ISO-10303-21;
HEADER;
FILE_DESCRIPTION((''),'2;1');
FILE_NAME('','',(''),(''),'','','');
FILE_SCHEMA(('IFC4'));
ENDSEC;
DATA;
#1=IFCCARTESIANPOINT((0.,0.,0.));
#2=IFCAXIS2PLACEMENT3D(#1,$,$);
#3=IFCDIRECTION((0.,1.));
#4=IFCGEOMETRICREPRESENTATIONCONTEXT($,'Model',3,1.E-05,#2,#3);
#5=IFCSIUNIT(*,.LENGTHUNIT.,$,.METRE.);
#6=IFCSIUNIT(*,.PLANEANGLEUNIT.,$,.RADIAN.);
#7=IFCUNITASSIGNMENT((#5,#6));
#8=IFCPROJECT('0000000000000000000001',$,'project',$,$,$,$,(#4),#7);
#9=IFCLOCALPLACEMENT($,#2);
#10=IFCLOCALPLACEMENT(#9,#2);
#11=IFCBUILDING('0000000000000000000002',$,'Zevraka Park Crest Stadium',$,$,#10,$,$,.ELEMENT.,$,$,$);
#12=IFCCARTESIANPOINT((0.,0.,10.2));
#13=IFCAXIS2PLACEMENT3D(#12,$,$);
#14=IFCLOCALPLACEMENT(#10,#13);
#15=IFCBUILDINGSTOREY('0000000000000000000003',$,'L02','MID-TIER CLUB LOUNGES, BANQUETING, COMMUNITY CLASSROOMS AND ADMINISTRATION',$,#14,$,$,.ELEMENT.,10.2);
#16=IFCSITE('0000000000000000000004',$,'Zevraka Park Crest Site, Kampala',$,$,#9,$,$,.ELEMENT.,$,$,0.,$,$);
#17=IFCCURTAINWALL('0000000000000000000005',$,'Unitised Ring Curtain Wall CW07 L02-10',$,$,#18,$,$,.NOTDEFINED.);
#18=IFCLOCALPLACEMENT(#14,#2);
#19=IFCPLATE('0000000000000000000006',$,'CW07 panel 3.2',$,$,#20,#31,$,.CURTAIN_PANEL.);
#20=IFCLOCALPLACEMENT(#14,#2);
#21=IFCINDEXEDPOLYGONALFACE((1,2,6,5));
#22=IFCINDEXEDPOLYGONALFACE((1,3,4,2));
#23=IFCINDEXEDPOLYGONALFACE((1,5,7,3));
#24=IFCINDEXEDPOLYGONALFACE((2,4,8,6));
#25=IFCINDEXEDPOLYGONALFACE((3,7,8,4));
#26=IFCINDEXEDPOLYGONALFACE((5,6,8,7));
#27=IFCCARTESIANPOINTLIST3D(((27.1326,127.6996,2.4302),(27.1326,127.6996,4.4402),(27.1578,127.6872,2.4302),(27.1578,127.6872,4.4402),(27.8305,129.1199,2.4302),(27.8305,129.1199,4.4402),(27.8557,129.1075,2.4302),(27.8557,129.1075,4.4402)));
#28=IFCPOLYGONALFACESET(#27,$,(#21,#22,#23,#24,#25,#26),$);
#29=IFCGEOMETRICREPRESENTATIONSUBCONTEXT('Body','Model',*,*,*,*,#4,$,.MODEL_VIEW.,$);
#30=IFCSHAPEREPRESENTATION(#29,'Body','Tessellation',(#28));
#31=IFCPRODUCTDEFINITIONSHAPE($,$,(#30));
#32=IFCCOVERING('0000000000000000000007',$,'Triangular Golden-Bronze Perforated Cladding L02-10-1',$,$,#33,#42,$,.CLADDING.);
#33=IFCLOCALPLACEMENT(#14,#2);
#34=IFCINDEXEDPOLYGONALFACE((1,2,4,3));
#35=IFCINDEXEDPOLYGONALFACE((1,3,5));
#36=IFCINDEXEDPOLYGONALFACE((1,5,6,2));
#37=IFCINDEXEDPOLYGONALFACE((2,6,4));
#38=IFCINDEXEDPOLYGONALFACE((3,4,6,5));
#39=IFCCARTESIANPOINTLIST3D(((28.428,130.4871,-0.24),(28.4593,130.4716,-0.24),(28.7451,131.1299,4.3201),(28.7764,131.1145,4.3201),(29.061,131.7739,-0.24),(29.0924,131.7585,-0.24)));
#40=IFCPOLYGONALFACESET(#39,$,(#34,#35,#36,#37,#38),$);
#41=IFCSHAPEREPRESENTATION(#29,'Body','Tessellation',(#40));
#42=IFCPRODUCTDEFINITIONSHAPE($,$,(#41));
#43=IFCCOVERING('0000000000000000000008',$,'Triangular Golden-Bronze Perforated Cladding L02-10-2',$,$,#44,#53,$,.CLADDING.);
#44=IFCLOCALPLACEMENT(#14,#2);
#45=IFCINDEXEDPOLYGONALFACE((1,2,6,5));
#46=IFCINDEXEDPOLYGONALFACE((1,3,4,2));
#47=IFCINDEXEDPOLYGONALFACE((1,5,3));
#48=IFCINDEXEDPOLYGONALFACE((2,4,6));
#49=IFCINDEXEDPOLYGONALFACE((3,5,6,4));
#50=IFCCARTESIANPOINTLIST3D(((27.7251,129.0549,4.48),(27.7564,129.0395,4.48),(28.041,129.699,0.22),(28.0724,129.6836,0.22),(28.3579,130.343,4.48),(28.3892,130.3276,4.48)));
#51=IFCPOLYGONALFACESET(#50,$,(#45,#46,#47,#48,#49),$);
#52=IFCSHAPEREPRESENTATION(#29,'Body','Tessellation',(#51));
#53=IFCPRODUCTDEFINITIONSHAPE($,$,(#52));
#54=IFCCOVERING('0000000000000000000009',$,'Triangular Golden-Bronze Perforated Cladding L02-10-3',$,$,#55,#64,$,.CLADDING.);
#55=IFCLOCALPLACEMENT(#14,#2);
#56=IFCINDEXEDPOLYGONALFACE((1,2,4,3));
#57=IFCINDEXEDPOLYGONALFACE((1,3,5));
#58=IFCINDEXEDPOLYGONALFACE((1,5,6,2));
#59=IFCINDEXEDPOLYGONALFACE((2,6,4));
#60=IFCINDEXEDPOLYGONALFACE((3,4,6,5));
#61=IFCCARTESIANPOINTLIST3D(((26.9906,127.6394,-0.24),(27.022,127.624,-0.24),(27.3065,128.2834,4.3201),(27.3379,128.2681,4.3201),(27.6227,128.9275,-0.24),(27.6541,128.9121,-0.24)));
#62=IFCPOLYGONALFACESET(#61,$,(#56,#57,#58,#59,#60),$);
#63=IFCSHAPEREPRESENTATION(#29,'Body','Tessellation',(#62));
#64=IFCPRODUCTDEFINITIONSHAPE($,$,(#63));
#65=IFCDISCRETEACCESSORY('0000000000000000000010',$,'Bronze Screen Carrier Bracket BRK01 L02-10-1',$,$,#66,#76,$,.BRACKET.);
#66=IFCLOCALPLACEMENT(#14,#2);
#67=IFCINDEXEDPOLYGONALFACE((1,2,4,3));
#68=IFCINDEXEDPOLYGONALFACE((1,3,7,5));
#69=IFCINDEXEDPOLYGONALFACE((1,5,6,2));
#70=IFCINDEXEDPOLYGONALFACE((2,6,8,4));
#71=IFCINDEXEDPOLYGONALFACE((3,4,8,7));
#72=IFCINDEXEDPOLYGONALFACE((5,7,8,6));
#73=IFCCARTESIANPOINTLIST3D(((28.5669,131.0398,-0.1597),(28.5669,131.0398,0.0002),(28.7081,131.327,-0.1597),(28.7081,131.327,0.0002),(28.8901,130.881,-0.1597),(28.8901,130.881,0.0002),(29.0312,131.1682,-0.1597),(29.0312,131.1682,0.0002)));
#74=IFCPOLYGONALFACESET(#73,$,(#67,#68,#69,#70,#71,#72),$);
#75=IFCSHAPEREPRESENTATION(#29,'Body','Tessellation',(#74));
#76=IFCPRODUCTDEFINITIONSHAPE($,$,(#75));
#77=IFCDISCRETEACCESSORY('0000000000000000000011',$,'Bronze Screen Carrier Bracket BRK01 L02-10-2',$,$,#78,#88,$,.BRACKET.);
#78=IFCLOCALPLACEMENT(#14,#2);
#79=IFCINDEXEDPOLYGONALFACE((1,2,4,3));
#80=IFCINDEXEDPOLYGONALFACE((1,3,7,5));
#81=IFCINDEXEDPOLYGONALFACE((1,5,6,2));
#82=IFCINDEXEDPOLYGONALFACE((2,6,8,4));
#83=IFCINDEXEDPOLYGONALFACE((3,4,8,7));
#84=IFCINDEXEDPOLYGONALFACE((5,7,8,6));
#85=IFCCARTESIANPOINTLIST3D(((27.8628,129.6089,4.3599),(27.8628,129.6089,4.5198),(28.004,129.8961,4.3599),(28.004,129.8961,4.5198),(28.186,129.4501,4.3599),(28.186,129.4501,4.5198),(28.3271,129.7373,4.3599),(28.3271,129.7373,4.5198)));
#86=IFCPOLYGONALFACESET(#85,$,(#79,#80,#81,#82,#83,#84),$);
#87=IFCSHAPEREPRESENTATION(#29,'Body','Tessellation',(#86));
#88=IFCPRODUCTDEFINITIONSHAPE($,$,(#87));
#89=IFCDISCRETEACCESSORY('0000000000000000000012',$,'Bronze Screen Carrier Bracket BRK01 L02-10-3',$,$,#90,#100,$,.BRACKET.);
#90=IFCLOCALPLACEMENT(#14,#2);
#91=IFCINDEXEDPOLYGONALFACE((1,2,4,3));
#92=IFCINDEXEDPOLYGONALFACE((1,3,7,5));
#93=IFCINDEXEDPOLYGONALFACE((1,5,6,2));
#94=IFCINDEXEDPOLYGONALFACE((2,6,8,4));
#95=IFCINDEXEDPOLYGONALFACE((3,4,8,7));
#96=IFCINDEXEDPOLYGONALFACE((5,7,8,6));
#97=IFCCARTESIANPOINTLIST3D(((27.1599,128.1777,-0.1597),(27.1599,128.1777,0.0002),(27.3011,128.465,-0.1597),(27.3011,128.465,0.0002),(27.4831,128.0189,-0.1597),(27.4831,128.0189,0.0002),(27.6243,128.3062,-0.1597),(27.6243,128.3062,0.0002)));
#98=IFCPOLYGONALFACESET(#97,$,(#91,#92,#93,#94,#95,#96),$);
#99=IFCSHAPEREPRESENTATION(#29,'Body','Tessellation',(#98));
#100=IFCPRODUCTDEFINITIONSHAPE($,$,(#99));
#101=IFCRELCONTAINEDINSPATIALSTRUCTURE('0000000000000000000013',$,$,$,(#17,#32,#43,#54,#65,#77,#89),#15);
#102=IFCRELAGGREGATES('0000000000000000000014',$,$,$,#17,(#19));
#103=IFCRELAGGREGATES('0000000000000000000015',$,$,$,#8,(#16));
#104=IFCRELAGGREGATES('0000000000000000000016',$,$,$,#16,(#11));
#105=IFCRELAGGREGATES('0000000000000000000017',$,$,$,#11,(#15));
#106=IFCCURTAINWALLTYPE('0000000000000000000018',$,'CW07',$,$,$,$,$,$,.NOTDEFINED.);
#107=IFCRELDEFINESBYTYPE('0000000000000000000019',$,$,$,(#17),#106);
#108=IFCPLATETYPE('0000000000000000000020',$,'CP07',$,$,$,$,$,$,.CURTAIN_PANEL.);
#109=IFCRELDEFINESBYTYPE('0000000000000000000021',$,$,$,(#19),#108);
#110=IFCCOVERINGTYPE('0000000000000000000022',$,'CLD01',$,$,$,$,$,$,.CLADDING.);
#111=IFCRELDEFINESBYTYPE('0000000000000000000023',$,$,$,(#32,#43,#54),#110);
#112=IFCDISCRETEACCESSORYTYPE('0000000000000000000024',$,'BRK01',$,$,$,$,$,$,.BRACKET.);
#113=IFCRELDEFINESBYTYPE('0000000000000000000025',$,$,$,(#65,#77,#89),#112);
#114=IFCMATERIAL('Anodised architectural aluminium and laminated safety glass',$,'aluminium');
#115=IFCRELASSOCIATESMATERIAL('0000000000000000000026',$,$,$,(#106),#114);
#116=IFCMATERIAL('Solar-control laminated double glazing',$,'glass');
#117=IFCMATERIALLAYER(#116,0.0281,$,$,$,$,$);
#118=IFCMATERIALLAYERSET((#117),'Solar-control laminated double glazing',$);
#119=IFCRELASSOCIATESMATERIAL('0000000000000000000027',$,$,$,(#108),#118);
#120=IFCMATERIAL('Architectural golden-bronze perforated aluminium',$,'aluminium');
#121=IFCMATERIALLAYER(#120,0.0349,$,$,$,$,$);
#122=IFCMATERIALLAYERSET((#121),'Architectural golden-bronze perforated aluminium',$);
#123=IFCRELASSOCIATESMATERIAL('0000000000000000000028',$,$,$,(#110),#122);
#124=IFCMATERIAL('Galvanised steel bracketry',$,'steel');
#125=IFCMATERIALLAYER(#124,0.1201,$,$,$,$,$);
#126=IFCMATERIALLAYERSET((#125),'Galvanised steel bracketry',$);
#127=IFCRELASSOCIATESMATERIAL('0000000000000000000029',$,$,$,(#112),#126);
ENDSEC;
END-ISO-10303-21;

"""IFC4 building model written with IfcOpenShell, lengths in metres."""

from ifc_helpers import new_model, si_unit, direction, frame, origin, origin_2d, place, context, subcontext, project, spatial, polyline, rectangle, outline, extrude, material, layer, layer_set, type_object, element, aggregate, save


model = new_model("IFC4")

# Units and contexts
model_context = context("Model", 3, precision=1e-05, world=origin(), true_north=direction((0.0, 1.0)))
body_context = subcontext(model_context, "Body", "Model", "MODEL_VIEW")
ifc_project = project(units=[si_unit("LENGTHUNIT", "METRE"), si_unit("PLANEANGLEUNIT", "RADIAN")], contexts=[model_context])

# Site, building, storey
site_placement = place(None, origin())
site = spatial("IfcSite", under=ifc_project, at=site_placement, Name="Zevraka Park Crest Site, Kampala", CompositionType="ELEMENT", RefElevation=0.0)
building_placement = place(site_placement, origin())
building = spatial("IfcBuilding", under=site, at=building_placement, Name="Zevraka Park Crest Stadium", CompositionType="ELEMENT")
storey_placement = place(building_placement, frame((0.0, 0.0, 10.2)))
storey = spatial("IfcBuildingStorey", under=building, at=storey_placement, Name="L02", Description="MID-TIER CLUB LOUNGES, BANQUETING, COMMUNITY CLASSROOMS AND ADMINISTRATION", CompositionType="ELEMENT", Elevation=10.2)

# Curtain wall, plate
ifc_material_1 = material(Name="Anodised architectural aluminium and laminated safety glass", Category="aluminium")
curtain_wall_type = type_object("IfcCurtainWallType", Name="CW07", PredefinedType="NOTDEFINED", material=ifc_material_1)
curtain_wall_placement = place(storey_placement, origin())
curtain_wall = element("IfcCurtainWall", 1, at=curtain_wall_placement, inside=storey, type_object=curtain_wall_type, Name="Unitised Ring Curtain Wall CW07 L02-10", PredefinedType="NOTDEFINED")
ifc_material_2 = material(Name="Solar-control laminated double glazing", Category="glass")
ifc_layer_1 = layer(ifc_material_2, 0.0281)
ifc_layer_set_1 = layer_set([ifc_layer_1], Name="Solar-control laminated double glazing")
plate_type = type_object("IfcPlateType", Name="CP07", PredefinedType="CURTAIN_PANEL", material=ifc_layer_set_1)
plate_1_placement = place(storey_placement, frame((27.4941, 128.4036, 2.4302), z_axis=(0.0, 0.0, 1.0), x_axis=(-0.441021, -0.897497, 0.0)))
plate_1 = element("IfcPlate", 2, at=plate_1_placement, type_object=plate_type, Name="CW07 panel 3.2", PredefinedType="CURTAIN_PANEL", context=body_context, shape_type="SweptSolid", body=[
    extrude(rectangle(XDim=1.5825, YDim=0.0281, at=origin_2d()), origin(), (0.0, 0.0, 1.0), 2.01),
])
aggregate(curtain_wall, [plate_1])

# Coverings
ifc_material_3 = material(Name="Architectural golden-bronze perforated aluminium", Category="aluminium")
ifc_layer_2 = layer(ifc_material_3, 0.0349)
ifc_layer_set_2 = layer_set([ifc_layer_2], Name="Architectural golden-bronze perforated aluminium")
covering_type = type_object("IfcCoveringType", Name="CLD01", PredefinedType="CLADDING", material=ifc_layer_set_2)
covering_1_placement = place(storey_placement, frame((29.061, 131.7739, -0.24), z_axis=(-0.897302, 0.441416, 0.000179), x_axis=(-0.441416, -0.897302, 0.0)))
element("IfcCovering", 3, at=covering_1_placement, inside=storey, type_object=covering_type, Name="Triangular Golden-Bronze Perforated Cladding L02-10-1", PredefinedType="CLADDING", context=body_context, shape_type="SweptSolid", body=[
    extrude(outline(polyline([(0.0, 0.0), (1.4341, 0.0), (0.7174, 4.5601), (0.0, 0.0)])), origin(), (0.0, 0.0, -1.0), 0.0349),
])
covering_2_placement = place(storey_placement, frame((27.7251, 129.0549, 4.48), z_axis=(-0.897535, 0.440942, 0.000103), x_axis=(0.440942, 0.897535, 0.0)))
element("IfcCovering", 4, at=covering_2_placement, inside=storey, type_object=covering_type, Name="Triangular Golden-Bronze Perforated Cladding L02-10-2", PredefinedType="CLADDING", context=body_context, shape_type="SweptSolid", body=[
    extrude(outline(polyline([(0.0, 0.0), (1.4351, 0.0), (0.7174, 4.26), (0.0, 0.0)])), origin(), (0.0, 0.0, -1.0), 0.0349),
])
covering_3_placement = place(storey_placement, frame((27.6541, 128.9121, -0.24), z_axis=(0.897737, -0.440531, 0.000024), x_axis=(-0.440531, -0.897737, 0.0)))
element("IfcCovering", 5, at=covering_3_placement, inside=storey, type_object=covering_type, Name="Triangular Golden-Bronze Perforated Cladding L02-10-3", PredefinedType="CLADDING", context=body_context, shape_type="SweptSolid", body=[
    extrude(outline(polyline([(0.0, 0.0), (1.4348, 0.0), (0.7175, -4.5601), (0.0, 0.0)])), origin(), (0.0, 0.0, -1.0), 0.0349),
])

# Discrete accessories
ifc_material_4 = material(Name="Galvanised steel bracketry", Category="steel")
ifc_layer_3 = layer(ifc_material_4, 0.1201)
ifc_layer_set_3 = layer_set([ifc_layer_3], Name="Galvanised steel bracketry")
discrete_accessory_type = type_object("IfcDiscreteAccessoryType", Name="BRK01", PredefinedType="BRACKET", material=ifc_layer_set_3)
for number, where, z_axis, x_axis, name in (
    (6, (28.7991, 131.104, -0.1597), (0.0, 0.0, 1.0), (-0.441036, -0.897489, 0.0), "Bronze Screen Carrier Bracket BRK01 L02-10-1"),
    (7, (28.095, 129.6731, 4.3599), (0.0, 0.0, 1.0), (-0.441036, -0.897489, 0.0), "Bronze Screen Carrier Bracket BRK01 L02-10-2"),
    (8, (27.3921, 128.2419, -0.1597), (0.0, 0.0, 1.0), (-0.441036, -0.897489, 0.0), "Bronze Screen Carrier Bracket BRK01 L02-10-3"),
):
    element("IfcDiscreteAccessory", number, at=place(storey_placement, frame(where, z_axis=z_axis, x_axis=x_axis)), inside=storey, type_object=discrete_accessory_type, Name=name, PredefinedType="BRACKET", context=body_context, shape_type="SweptSolid", body=[
        extrude(rectangle(XDim=0.3201, YDim=0.3601, at=origin_2d()), origin(), (0.0, 0.0, 1.0), 0.1599),
    ])

save(model, "model.ifc")
